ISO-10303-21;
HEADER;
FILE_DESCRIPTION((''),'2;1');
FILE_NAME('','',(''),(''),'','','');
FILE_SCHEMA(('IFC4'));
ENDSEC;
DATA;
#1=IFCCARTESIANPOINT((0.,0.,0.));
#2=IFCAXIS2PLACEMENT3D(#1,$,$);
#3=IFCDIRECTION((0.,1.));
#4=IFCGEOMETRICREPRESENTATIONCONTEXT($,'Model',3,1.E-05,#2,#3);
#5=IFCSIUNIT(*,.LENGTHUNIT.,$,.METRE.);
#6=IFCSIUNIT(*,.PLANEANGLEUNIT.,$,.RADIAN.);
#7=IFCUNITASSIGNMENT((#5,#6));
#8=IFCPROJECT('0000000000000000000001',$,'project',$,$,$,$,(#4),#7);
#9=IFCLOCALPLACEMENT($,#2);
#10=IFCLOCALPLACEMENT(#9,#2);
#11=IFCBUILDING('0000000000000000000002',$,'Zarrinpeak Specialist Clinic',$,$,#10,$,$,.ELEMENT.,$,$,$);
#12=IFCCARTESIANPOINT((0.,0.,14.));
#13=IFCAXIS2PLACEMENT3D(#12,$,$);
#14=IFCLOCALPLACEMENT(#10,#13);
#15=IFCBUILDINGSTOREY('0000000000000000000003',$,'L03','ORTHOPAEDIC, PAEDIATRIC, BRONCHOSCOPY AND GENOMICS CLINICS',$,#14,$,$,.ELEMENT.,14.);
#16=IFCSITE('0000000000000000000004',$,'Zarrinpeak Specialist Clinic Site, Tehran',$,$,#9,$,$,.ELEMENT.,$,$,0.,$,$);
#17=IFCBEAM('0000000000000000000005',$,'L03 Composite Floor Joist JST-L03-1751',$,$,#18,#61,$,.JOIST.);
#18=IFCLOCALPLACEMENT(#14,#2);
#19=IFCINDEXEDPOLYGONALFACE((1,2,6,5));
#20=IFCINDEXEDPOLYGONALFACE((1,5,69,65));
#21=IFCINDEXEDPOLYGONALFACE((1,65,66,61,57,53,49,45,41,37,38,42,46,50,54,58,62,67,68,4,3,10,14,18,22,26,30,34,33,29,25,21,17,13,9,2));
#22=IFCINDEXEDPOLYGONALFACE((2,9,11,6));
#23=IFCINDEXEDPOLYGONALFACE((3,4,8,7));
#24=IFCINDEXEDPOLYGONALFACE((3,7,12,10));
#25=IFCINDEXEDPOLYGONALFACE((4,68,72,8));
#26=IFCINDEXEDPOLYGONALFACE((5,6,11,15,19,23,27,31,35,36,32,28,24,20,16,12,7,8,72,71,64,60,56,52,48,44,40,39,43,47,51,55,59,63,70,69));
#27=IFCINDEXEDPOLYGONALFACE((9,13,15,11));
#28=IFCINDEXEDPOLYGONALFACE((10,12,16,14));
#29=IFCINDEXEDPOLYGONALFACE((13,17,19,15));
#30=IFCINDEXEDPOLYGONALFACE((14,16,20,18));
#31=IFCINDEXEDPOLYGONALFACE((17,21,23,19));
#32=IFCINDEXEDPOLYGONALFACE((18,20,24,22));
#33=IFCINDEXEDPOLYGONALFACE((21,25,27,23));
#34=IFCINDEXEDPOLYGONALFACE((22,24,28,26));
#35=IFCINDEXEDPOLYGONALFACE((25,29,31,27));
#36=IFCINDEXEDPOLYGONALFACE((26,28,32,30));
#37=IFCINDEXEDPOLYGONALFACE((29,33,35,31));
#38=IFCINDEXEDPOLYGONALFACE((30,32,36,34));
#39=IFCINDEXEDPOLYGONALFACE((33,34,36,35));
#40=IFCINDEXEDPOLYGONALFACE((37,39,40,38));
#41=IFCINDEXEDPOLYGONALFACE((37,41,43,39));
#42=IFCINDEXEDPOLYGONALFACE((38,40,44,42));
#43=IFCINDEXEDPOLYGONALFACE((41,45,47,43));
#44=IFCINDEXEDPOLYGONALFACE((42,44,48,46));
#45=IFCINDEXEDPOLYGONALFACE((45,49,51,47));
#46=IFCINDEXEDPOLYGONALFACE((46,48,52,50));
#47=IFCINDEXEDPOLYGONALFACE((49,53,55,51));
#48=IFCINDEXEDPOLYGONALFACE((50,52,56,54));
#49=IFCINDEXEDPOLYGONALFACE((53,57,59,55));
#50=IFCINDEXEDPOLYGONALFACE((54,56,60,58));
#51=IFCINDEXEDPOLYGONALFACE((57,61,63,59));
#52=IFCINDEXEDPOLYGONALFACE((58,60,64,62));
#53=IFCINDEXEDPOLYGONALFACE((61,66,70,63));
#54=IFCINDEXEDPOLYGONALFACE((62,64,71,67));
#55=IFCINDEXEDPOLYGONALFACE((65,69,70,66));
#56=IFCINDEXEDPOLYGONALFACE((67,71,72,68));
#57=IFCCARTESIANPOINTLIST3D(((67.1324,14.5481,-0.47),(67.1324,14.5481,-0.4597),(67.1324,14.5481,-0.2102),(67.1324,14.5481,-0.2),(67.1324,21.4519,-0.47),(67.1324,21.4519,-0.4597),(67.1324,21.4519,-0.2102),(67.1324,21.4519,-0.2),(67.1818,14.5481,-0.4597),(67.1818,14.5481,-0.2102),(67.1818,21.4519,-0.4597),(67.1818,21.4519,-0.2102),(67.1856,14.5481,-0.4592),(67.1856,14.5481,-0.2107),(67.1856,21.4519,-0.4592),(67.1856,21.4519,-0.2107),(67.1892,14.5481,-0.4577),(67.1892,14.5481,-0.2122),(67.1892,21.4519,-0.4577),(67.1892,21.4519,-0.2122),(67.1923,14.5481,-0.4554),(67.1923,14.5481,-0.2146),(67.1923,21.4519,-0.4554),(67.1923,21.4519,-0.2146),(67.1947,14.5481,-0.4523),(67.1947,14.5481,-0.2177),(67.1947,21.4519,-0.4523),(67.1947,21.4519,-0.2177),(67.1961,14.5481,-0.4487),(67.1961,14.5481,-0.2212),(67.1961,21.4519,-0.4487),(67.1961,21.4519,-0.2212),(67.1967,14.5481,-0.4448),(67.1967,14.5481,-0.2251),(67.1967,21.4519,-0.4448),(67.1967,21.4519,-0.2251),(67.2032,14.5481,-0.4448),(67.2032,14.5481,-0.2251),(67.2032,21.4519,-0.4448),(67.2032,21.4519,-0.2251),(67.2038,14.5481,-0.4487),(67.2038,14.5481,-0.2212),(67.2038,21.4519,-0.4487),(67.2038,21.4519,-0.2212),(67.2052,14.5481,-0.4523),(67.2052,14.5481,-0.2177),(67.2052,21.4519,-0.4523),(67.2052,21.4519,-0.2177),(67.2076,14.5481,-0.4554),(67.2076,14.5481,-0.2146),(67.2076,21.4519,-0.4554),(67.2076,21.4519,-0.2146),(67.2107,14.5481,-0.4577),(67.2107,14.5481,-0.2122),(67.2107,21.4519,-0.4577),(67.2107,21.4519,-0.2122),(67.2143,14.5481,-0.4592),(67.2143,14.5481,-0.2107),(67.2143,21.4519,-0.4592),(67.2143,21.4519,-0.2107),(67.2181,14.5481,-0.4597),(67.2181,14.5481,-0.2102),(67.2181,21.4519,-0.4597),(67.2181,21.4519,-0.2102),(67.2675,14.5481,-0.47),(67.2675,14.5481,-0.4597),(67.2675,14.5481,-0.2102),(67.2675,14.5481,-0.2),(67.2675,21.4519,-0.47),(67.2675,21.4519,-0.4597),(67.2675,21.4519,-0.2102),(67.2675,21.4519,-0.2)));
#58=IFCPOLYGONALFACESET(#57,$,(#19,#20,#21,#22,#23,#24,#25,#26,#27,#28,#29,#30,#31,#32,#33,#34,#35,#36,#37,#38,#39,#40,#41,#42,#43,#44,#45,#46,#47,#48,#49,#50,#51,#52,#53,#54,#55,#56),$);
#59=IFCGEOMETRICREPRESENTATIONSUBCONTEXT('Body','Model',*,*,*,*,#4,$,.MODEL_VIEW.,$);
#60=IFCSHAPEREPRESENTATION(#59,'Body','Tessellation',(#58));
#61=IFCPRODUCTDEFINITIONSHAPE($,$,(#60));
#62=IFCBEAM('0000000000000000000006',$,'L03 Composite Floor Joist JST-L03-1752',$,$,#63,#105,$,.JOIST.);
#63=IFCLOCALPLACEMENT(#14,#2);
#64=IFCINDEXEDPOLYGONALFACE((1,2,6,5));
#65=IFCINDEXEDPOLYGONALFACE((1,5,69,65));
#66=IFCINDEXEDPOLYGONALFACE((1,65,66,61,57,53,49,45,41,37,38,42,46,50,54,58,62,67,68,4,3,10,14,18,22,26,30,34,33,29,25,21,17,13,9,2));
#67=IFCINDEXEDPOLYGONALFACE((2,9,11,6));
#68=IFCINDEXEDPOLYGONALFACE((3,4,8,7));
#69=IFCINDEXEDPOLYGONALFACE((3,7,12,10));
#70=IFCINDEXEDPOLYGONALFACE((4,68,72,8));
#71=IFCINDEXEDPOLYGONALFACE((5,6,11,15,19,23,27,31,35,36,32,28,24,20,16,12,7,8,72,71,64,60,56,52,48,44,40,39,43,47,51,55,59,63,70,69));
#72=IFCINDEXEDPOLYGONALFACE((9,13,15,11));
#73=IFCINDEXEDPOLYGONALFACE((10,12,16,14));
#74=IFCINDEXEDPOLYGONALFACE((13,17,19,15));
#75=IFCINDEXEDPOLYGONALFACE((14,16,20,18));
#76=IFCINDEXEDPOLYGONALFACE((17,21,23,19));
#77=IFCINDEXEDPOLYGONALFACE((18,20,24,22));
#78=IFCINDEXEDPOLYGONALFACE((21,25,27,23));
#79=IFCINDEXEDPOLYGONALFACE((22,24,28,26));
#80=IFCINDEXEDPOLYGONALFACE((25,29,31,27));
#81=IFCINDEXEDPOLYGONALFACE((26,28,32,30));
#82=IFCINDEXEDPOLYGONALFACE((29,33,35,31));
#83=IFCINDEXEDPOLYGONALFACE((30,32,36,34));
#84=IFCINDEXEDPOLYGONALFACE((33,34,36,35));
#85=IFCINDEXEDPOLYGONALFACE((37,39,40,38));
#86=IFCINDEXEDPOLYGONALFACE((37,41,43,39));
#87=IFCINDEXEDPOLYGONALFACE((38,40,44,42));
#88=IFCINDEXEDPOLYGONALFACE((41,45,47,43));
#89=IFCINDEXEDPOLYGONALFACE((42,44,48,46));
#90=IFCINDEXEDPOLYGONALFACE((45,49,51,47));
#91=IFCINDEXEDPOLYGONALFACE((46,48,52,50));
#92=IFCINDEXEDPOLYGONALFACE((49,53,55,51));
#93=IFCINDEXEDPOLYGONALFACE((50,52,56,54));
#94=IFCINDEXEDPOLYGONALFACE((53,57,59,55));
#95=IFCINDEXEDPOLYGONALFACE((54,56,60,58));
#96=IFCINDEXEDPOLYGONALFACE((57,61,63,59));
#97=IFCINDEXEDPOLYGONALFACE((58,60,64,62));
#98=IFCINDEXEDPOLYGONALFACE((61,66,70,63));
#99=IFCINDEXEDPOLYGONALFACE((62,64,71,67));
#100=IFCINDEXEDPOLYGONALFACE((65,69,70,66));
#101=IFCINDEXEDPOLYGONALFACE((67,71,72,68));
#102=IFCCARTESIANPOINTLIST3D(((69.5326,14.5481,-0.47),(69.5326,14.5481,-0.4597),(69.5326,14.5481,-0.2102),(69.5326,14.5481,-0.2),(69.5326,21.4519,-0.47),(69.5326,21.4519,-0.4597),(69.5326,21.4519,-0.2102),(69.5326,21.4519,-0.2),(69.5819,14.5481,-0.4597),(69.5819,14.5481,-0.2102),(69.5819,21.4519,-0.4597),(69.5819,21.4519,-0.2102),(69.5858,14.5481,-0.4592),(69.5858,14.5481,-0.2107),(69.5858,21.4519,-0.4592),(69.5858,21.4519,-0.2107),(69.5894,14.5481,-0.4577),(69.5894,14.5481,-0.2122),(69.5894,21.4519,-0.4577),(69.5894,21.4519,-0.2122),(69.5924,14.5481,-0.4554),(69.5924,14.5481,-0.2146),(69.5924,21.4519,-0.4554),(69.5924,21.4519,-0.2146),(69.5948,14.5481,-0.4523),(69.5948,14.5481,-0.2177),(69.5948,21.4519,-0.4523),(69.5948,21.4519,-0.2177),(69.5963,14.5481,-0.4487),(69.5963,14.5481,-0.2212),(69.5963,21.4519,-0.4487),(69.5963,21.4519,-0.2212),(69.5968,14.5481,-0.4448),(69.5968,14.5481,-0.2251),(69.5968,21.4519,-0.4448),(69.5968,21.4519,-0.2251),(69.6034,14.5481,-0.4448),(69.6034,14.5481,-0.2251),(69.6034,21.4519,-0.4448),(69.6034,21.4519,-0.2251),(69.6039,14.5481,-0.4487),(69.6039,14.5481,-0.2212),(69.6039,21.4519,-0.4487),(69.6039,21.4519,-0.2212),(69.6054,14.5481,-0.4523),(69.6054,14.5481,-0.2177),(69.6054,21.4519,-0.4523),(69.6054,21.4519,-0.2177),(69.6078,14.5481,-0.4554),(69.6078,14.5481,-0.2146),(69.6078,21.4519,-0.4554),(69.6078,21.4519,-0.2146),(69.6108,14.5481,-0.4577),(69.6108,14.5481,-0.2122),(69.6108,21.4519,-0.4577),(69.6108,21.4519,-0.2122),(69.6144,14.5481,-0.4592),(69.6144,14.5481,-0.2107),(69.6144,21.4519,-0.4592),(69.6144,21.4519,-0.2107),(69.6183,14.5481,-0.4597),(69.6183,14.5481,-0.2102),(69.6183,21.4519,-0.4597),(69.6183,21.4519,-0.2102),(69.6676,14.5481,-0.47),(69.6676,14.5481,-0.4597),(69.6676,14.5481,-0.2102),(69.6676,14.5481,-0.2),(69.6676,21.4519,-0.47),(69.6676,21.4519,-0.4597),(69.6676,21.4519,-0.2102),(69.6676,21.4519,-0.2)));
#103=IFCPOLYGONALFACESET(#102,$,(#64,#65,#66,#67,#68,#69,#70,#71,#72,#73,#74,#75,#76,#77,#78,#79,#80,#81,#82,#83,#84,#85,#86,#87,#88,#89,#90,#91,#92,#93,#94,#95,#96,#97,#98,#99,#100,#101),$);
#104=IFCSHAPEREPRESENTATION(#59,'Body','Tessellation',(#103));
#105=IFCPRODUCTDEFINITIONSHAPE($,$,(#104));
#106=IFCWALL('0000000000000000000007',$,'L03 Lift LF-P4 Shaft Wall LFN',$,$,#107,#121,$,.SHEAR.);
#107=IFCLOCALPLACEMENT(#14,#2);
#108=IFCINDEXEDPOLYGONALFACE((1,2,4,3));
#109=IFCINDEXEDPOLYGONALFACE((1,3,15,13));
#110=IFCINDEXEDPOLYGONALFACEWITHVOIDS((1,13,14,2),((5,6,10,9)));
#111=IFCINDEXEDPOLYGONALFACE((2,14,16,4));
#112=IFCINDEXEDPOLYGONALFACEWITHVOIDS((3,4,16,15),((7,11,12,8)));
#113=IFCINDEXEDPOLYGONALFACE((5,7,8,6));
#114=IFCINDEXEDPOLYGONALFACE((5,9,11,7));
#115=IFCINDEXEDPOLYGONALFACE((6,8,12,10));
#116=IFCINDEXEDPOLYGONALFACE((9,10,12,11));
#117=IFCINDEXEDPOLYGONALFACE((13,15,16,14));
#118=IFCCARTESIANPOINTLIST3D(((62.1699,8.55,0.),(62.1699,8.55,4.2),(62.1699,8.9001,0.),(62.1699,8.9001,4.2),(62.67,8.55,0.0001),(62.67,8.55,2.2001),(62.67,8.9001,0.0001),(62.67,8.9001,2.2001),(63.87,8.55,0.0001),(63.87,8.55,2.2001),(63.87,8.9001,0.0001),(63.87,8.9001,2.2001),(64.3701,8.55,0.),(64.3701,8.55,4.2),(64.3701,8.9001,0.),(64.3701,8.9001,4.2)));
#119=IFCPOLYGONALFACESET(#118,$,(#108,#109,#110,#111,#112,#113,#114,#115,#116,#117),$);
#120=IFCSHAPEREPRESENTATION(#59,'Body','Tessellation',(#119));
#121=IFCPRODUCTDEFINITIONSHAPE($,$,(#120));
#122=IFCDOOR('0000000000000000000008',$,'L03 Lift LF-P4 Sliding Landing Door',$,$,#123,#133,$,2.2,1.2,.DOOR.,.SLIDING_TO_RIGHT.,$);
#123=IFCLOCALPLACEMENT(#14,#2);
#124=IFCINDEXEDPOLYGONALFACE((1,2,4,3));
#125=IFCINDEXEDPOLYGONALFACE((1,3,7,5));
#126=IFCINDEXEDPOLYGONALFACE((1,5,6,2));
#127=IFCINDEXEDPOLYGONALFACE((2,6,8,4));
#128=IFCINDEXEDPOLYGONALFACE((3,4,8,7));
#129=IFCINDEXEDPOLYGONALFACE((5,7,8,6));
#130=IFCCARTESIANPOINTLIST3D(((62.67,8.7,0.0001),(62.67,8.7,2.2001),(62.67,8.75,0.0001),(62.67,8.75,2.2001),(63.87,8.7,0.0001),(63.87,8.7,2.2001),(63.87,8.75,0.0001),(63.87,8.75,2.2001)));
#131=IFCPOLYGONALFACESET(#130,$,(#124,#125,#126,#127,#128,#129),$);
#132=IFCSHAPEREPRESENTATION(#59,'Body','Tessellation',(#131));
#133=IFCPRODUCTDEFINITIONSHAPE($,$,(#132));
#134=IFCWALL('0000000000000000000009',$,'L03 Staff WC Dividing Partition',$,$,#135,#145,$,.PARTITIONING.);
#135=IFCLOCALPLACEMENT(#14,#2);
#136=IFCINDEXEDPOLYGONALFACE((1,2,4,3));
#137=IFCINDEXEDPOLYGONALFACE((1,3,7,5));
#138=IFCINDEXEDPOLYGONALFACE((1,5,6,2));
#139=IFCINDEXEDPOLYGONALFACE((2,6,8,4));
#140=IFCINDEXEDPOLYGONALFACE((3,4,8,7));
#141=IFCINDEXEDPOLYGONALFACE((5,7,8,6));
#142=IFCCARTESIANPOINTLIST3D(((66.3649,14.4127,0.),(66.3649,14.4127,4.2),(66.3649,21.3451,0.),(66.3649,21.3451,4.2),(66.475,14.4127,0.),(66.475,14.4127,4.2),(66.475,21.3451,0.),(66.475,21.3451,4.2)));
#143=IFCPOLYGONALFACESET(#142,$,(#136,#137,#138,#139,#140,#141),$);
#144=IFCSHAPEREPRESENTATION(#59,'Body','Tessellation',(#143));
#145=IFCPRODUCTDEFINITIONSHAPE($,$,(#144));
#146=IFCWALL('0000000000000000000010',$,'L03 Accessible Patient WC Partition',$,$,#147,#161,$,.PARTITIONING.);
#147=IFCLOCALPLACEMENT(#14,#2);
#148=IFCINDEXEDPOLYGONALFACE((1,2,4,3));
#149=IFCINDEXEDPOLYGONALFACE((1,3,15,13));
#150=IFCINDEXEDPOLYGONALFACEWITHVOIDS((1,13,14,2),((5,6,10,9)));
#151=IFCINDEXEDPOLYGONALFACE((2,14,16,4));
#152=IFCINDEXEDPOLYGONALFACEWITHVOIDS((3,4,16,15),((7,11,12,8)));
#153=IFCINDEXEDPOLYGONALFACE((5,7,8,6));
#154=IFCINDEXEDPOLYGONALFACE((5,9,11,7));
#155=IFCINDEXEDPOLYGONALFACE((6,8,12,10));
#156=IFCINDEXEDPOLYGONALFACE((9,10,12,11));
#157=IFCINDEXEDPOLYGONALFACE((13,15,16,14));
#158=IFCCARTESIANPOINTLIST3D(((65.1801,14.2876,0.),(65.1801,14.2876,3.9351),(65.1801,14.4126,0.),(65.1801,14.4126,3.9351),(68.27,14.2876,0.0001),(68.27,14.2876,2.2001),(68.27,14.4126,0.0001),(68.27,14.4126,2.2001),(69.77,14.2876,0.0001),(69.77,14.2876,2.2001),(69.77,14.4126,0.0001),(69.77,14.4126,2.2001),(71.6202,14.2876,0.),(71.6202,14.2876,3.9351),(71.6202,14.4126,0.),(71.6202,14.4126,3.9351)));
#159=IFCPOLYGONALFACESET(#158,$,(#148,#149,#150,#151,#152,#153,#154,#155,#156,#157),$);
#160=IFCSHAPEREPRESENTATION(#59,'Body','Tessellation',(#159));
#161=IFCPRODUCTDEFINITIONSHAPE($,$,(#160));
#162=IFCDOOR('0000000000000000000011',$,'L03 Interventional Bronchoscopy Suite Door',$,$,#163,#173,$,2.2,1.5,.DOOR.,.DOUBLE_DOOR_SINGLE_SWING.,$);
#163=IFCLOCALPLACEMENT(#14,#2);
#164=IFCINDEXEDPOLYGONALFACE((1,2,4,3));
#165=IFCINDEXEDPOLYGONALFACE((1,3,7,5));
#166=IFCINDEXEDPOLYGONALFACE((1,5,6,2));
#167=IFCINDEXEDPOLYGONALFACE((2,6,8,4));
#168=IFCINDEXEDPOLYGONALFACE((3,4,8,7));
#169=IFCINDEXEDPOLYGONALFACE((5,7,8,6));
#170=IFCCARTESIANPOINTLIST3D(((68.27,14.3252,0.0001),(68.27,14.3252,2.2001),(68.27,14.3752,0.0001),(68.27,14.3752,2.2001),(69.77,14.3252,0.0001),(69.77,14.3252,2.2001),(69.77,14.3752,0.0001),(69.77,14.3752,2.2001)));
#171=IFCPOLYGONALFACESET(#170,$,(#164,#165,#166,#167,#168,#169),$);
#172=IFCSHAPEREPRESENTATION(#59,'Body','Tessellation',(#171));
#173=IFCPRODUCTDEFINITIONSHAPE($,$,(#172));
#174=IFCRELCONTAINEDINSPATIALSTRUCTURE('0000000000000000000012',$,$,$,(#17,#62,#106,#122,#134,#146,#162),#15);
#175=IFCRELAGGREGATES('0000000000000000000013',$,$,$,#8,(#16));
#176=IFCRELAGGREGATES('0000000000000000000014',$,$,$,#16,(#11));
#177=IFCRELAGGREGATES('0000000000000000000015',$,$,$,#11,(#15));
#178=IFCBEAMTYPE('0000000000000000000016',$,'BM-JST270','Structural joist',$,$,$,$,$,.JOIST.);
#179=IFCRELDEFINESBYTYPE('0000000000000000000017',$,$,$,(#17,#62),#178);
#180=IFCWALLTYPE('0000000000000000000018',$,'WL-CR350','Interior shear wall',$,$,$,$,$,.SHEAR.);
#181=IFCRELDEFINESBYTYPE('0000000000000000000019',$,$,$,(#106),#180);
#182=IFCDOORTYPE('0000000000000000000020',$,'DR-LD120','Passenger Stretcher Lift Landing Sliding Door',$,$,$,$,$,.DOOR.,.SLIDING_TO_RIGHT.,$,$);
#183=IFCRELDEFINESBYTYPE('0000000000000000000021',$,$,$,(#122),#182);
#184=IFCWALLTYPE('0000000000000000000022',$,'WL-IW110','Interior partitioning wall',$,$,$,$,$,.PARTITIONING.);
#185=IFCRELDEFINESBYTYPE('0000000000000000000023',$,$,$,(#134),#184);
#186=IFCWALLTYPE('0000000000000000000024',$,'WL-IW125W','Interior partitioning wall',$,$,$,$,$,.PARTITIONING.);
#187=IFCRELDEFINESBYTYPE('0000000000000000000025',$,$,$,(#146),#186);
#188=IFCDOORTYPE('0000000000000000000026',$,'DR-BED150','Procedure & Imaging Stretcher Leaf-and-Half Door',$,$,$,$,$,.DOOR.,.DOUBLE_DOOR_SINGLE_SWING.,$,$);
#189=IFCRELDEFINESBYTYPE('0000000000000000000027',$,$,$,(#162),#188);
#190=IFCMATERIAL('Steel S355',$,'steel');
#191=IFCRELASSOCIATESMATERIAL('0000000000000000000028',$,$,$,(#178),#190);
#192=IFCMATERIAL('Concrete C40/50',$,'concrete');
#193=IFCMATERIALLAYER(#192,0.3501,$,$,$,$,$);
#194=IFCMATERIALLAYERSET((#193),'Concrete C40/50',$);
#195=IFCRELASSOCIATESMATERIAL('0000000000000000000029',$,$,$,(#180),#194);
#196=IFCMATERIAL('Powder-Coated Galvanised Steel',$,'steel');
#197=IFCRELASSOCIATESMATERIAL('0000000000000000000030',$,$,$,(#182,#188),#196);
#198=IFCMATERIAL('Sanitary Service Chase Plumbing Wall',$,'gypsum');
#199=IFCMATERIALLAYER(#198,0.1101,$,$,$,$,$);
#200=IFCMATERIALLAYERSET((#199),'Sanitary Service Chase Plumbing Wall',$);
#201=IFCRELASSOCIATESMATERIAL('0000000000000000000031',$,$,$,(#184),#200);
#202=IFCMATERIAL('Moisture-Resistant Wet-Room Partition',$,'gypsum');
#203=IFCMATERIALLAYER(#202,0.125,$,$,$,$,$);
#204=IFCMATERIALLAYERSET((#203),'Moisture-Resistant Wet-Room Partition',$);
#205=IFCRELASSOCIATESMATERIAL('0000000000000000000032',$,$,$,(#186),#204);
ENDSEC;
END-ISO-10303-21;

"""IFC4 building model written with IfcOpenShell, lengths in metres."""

from ifc_helpers import new_model, si_unit, direction, frame, frame_2d, origin, origin_2d, place, context, subcontext, project, spatial, rectangle, i_section, extrude, material, layer, layer_set, material_profile, profile_set, type_object, element, fill, save


model = new_model("IFC4")

# Units and contexts
model_context = context("Model", 3, precision=1e-05, world=origin(), true_north=direction((0.0, 1.0)))
body_context = subcontext(model_context, "Body", "Model", "MODEL_VIEW")
ifc_project = project(units=[si_unit("LENGTHUNIT", "METRE"), si_unit("PLANEANGLEUNIT", "RADIAN")], contexts=[model_context])

# Site, building, storey
site_placement = place(None, origin())
site = spatial("IfcSite", under=ifc_project, at=site_placement, Name="Zarrinpeak Specialist Clinic Site, Tehran", CompositionType="ELEMENT", RefElevation=0.0)
building_placement = place(site_placement, origin())
building = spatial("IfcBuilding", under=site, at=building_placement, Name="Zarrinpeak Specialist Clinic", CompositionType="ELEMENT")
storey_placement = place(building_placement, frame((0.0, 0.0, 14.0)))
storey = spatial("IfcBuildingStorey", under=building, at=storey_placement, Name="L03", Description="ORTHOPAEDIC, PAEDIATRIC, BRONCHOSCOPY AND GENOMICS CLINICS", CompositionType="ELEMENT", Elevation=14.0)

# Shared definitions
ifc_material_1 = material(Name="Steel S355", Category="steel")

# Beams
ifc_material_profile_1 = material_profile(ifc_material_1, i_section(OverallWidth=0.135, OverallDepth=0.27, WebThickness=0.0066, FlangeThickness=0.0103, FilletRadius=0.0149, at=origin_2d()), Name="IPE 270")
ifc_profile_set_1 = profile_set([ifc_material_profile_1], Name="Steel S355")
beam_type_1 = type_object("IfcBeamType", Name="BM-JST270", Description="Structural joist", PredefinedType="JOIST", material=ifc_profile_set_1)
for number, where, z_axis, x_axis, name in (
    (1, (67.2, 14.5481, -0.335), (0.0, 1.0, 0.0), (-1.0, 0.0, 0.0), "L03 Composite Floor Joist JST-L03-1751"),
    (2, (69.6001, 14.5481, -0.335), (0.0, 1.0, 0.0), (-1.0, 0.0, 0.0), "L03 Composite Floor Joist JST-L03-1752"),
):
    element("IfcBeam", number, at=place(storey_placement, frame(where, z_axis=z_axis, x_axis=x_axis)), inside=storey, type_object=beam_type_1, Name=name, PredefinedType="JOIST", context=body_context, shape_type="SweptSolid", body=[
        extrude(i_section(OverallWidth=0.135, OverallDepth=0.27, WebThickness=0.0066, FlangeThickness=0.0103, FilletRadius=0.0149, at=origin_2d()), origin(), (0.0, 0.0, 1.0), 6.9038),
    ])

# Wall, opening, door
ifc_material_2 = material(Name="Concrete C40/50", Category="concrete")
ifc_layer_1 = layer(ifc_material_2, 0.3501)
ifc_layer_set_1 = layer_set([ifc_layer_1], Name="Concrete C40/50")
wall_type_1 = type_object("IfcWallType", Name="WL-CR350", Description="Interior shear wall", PredefinedType="SHEAR", material=ifc_layer_set_1)
wall_1_placement = place(storey_placement, frame((62.1699, 8.7251, 0.0), z_axis=(0.0, 0.0, 1.0), x_axis=(1.0, 0.0, 0.0)))
wall_1 = element("IfcWall", 3, at=wall_1_placement, inside=storey, type_object=wall_type_1, Name="L03 Lift LF-P4 Shaft Wall LFN", PredefinedType="SHEAR", context=body_context, shape_type="SweptSolid", body=[
    extrude(rectangle(XDim=2.2002, YDim=0.3501, at=frame_2d((1.1001, 0.0))), origin(), (0.0, 0.0, 1.0), 4.2),
])
opening_1_placement = place(wall_1_placement, frame((0.5, 0.0, 0.0)))
opening_1 = element("IfcOpeningElement", 4, at=opening_1_placement, cuts=wall_1, PredefinedType="OPENING", context=body_context, shape_type="SweptSolid", body=[
    extrude(rectangle(XDim=1.2, YDim=2.2, at=frame_2d((0.6001, 1.1001))), frame((0.0, 0.1851, 0.0), z_axis=(0.0, -1.0, 0.0), x_axis=(1.0, 0.0, 0.0)), (0.0, 0.0, 1.0), 0.3701),
])
ifc_material_3 = material(Name="Powder-Coated Galvanised Steel", Category="steel")
door_type_1 = type_object("IfcDoorType", Name="DR-LD120", Description="Passenger Stretcher Lift Landing Sliding Door", OperationType="SLIDING_TO_RIGHT", PredefinedType="DOOR", material=ifc_material_3)
door_1_placement = place(opening_1_placement, origin())
door_1 = element("IfcDoor", 5, at=door_1_placement, inside=storey, type_object=door_type_1, Name="L03 Lift LF-P4 Sliding Landing Door", OperationType="SLIDING_TO_RIGHT", OverallHeight=2.2, OverallWidth=1.2, PredefinedType="DOOR", context=body_context, shape_type="SweptSolid", body=[
    extrude(rectangle(XDim=1.2, YDim=2.2, at=frame_2d((0.6001, 1.1001))), frame((0.0, 0.0249, 0.0), z_axis=(0.0, -1.0, 0.0), x_axis=(1.0, 0.0, 0.0)), (0.0, 0.0, 1.0), 0.05),
])
fill(opening_1, door_1)

# Wall
ifc_material_4 = material(Name="Sanitary Service Chase Plumbing Wall", Category="gypsum")
ifc_layer_2 = layer(ifc_material_4, 0.1101)
ifc_layer_set_2 = layer_set([ifc_layer_2], Name="Sanitary Service Chase Plumbing Wall")
wall_type_2 = type_object("IfcWallType", Name="WL-IW110", Description="Interior partitioning wall", PredefinedType="PARTITIONING", material=ifc_layer_set_2)
wall_2_placement = place(storey_placement, frame((66.4199, 14.4126, 0.0), z_axis=(0.0, 0.0, 1.0), x_axis=(0.0, 1.0, 0.0)))
element("IfcWall", 6, at=wall_2_placement, inside=storey, type_object=wall_type_2, Name="L03 Staff WC Dividing Partition", PredefinedType="PARTITIONING", context=body_context, shape_type="SweptSolid", body=[
    extrude(rectangle(XDim=6.9324, YDim=0.1101, at=frame_2d((3.4663, 0.0))), origin(), (0.0, 0.0, 1.0), 4.2),
])

# Wall, opening, door
ifc_material_5 = material(Name="Moisture-Resistant Wet-Room Partition", Category="gypsum")
ifc_layer_3 = layer(ifc_material_5, 0.125)
ifc_layer_set_3 = layer_set([ifc_layer_3], Name="Moisture-Resistant Wet-Room Partition")
wall_type_3 = type_object("IfcWallType", Name="WL-IW125W", Description="Interior partitioning wall", PredefinedType="PARTITIONING", material=ifc_layer_set_3)
wall_3_placement = place(storey_placement, frame((65.1799, 14.3501, 0.0), z_axis=(0.0, 0.0, 1.0), x_axis=(1.0, 0.0, 0.0)))
wall_3 = element("IfcWall", 7, at=wall_3_placement, inside=storey, type_object=wall_type_3, Name="L03 Accessible Patient WC Partition", PredefinedType="PARTITIONING", context=body_context, shape_type="SweptSolid", body=[
    extrude(rectangle(XDim=6.4402, YDim=0.125, at=frame_2d((3.2202, 0.0))), origin(), (0.0, 0.0, 1.0), 3.9351),
])
opening_2_placement = place(wall_3_placement, frame((3.0901, 0.0, 0.0)))
opening_2 = element("IfcOpeningElement", 8, at=opening_2_placement, cuts=wall_3, PredefinedType="OPENING", context=body_context, shape_type="SweptSolid", body=[
    extrude(rectangle(XDim=1.5, YDim=2.2, at=frame_2d((0.75, 1.1001))), frame((0.0, 0.0725, 0.0), z_axis=(0.0, -1.0, 0.0), x_axis=(1.0, 0.0, 0.0)), (0.0, 0.0, 1.0), 0.145),
])
door_type_2 = type_object("IfcDoorType", Name="DR-BED150", Description="Procedure & Imaging Stretcher Leaf-and-Half Door", OperationType="DOUBLE_DOOR_SINGLE_SWING", PredefinedType="DOOR", material=ifc_material_3)
door_2_placement = place(opening_2_placement, frame((1.5, 0.0, 0.0), z_axis=(0.0, 0.0, 1.0), x_axis=(-1.0, 0.0, 0.0)))
door_2 = element("IfcDoor", 9, at=door_2_placement, inside=storey, type_object=door_type_2, Name="L03 Interventional Bronchoscopy Suite Door", OperationType="DOUBLE_DOOR_SINGLE_SWING", OverallHeight=2.2, OverallWidth=1.5, PredefinedType="DOOR", context=body_context, shape_type="SweptSolid", body=[
    extrude(rectangle(XDim=1.5, YDim=2.2, at=frame_2d((0.75, 1.1001))), frame((0.0, 0.0249, 0.0), z_axis=(0.0, -1.0, 0.0), x_axis=(1.0, 0.0, 0.0)), (0.0, 0.0, 1.0), 0.05),
])
fill(opening_2, door_2)

save(model, "model.ifc")
